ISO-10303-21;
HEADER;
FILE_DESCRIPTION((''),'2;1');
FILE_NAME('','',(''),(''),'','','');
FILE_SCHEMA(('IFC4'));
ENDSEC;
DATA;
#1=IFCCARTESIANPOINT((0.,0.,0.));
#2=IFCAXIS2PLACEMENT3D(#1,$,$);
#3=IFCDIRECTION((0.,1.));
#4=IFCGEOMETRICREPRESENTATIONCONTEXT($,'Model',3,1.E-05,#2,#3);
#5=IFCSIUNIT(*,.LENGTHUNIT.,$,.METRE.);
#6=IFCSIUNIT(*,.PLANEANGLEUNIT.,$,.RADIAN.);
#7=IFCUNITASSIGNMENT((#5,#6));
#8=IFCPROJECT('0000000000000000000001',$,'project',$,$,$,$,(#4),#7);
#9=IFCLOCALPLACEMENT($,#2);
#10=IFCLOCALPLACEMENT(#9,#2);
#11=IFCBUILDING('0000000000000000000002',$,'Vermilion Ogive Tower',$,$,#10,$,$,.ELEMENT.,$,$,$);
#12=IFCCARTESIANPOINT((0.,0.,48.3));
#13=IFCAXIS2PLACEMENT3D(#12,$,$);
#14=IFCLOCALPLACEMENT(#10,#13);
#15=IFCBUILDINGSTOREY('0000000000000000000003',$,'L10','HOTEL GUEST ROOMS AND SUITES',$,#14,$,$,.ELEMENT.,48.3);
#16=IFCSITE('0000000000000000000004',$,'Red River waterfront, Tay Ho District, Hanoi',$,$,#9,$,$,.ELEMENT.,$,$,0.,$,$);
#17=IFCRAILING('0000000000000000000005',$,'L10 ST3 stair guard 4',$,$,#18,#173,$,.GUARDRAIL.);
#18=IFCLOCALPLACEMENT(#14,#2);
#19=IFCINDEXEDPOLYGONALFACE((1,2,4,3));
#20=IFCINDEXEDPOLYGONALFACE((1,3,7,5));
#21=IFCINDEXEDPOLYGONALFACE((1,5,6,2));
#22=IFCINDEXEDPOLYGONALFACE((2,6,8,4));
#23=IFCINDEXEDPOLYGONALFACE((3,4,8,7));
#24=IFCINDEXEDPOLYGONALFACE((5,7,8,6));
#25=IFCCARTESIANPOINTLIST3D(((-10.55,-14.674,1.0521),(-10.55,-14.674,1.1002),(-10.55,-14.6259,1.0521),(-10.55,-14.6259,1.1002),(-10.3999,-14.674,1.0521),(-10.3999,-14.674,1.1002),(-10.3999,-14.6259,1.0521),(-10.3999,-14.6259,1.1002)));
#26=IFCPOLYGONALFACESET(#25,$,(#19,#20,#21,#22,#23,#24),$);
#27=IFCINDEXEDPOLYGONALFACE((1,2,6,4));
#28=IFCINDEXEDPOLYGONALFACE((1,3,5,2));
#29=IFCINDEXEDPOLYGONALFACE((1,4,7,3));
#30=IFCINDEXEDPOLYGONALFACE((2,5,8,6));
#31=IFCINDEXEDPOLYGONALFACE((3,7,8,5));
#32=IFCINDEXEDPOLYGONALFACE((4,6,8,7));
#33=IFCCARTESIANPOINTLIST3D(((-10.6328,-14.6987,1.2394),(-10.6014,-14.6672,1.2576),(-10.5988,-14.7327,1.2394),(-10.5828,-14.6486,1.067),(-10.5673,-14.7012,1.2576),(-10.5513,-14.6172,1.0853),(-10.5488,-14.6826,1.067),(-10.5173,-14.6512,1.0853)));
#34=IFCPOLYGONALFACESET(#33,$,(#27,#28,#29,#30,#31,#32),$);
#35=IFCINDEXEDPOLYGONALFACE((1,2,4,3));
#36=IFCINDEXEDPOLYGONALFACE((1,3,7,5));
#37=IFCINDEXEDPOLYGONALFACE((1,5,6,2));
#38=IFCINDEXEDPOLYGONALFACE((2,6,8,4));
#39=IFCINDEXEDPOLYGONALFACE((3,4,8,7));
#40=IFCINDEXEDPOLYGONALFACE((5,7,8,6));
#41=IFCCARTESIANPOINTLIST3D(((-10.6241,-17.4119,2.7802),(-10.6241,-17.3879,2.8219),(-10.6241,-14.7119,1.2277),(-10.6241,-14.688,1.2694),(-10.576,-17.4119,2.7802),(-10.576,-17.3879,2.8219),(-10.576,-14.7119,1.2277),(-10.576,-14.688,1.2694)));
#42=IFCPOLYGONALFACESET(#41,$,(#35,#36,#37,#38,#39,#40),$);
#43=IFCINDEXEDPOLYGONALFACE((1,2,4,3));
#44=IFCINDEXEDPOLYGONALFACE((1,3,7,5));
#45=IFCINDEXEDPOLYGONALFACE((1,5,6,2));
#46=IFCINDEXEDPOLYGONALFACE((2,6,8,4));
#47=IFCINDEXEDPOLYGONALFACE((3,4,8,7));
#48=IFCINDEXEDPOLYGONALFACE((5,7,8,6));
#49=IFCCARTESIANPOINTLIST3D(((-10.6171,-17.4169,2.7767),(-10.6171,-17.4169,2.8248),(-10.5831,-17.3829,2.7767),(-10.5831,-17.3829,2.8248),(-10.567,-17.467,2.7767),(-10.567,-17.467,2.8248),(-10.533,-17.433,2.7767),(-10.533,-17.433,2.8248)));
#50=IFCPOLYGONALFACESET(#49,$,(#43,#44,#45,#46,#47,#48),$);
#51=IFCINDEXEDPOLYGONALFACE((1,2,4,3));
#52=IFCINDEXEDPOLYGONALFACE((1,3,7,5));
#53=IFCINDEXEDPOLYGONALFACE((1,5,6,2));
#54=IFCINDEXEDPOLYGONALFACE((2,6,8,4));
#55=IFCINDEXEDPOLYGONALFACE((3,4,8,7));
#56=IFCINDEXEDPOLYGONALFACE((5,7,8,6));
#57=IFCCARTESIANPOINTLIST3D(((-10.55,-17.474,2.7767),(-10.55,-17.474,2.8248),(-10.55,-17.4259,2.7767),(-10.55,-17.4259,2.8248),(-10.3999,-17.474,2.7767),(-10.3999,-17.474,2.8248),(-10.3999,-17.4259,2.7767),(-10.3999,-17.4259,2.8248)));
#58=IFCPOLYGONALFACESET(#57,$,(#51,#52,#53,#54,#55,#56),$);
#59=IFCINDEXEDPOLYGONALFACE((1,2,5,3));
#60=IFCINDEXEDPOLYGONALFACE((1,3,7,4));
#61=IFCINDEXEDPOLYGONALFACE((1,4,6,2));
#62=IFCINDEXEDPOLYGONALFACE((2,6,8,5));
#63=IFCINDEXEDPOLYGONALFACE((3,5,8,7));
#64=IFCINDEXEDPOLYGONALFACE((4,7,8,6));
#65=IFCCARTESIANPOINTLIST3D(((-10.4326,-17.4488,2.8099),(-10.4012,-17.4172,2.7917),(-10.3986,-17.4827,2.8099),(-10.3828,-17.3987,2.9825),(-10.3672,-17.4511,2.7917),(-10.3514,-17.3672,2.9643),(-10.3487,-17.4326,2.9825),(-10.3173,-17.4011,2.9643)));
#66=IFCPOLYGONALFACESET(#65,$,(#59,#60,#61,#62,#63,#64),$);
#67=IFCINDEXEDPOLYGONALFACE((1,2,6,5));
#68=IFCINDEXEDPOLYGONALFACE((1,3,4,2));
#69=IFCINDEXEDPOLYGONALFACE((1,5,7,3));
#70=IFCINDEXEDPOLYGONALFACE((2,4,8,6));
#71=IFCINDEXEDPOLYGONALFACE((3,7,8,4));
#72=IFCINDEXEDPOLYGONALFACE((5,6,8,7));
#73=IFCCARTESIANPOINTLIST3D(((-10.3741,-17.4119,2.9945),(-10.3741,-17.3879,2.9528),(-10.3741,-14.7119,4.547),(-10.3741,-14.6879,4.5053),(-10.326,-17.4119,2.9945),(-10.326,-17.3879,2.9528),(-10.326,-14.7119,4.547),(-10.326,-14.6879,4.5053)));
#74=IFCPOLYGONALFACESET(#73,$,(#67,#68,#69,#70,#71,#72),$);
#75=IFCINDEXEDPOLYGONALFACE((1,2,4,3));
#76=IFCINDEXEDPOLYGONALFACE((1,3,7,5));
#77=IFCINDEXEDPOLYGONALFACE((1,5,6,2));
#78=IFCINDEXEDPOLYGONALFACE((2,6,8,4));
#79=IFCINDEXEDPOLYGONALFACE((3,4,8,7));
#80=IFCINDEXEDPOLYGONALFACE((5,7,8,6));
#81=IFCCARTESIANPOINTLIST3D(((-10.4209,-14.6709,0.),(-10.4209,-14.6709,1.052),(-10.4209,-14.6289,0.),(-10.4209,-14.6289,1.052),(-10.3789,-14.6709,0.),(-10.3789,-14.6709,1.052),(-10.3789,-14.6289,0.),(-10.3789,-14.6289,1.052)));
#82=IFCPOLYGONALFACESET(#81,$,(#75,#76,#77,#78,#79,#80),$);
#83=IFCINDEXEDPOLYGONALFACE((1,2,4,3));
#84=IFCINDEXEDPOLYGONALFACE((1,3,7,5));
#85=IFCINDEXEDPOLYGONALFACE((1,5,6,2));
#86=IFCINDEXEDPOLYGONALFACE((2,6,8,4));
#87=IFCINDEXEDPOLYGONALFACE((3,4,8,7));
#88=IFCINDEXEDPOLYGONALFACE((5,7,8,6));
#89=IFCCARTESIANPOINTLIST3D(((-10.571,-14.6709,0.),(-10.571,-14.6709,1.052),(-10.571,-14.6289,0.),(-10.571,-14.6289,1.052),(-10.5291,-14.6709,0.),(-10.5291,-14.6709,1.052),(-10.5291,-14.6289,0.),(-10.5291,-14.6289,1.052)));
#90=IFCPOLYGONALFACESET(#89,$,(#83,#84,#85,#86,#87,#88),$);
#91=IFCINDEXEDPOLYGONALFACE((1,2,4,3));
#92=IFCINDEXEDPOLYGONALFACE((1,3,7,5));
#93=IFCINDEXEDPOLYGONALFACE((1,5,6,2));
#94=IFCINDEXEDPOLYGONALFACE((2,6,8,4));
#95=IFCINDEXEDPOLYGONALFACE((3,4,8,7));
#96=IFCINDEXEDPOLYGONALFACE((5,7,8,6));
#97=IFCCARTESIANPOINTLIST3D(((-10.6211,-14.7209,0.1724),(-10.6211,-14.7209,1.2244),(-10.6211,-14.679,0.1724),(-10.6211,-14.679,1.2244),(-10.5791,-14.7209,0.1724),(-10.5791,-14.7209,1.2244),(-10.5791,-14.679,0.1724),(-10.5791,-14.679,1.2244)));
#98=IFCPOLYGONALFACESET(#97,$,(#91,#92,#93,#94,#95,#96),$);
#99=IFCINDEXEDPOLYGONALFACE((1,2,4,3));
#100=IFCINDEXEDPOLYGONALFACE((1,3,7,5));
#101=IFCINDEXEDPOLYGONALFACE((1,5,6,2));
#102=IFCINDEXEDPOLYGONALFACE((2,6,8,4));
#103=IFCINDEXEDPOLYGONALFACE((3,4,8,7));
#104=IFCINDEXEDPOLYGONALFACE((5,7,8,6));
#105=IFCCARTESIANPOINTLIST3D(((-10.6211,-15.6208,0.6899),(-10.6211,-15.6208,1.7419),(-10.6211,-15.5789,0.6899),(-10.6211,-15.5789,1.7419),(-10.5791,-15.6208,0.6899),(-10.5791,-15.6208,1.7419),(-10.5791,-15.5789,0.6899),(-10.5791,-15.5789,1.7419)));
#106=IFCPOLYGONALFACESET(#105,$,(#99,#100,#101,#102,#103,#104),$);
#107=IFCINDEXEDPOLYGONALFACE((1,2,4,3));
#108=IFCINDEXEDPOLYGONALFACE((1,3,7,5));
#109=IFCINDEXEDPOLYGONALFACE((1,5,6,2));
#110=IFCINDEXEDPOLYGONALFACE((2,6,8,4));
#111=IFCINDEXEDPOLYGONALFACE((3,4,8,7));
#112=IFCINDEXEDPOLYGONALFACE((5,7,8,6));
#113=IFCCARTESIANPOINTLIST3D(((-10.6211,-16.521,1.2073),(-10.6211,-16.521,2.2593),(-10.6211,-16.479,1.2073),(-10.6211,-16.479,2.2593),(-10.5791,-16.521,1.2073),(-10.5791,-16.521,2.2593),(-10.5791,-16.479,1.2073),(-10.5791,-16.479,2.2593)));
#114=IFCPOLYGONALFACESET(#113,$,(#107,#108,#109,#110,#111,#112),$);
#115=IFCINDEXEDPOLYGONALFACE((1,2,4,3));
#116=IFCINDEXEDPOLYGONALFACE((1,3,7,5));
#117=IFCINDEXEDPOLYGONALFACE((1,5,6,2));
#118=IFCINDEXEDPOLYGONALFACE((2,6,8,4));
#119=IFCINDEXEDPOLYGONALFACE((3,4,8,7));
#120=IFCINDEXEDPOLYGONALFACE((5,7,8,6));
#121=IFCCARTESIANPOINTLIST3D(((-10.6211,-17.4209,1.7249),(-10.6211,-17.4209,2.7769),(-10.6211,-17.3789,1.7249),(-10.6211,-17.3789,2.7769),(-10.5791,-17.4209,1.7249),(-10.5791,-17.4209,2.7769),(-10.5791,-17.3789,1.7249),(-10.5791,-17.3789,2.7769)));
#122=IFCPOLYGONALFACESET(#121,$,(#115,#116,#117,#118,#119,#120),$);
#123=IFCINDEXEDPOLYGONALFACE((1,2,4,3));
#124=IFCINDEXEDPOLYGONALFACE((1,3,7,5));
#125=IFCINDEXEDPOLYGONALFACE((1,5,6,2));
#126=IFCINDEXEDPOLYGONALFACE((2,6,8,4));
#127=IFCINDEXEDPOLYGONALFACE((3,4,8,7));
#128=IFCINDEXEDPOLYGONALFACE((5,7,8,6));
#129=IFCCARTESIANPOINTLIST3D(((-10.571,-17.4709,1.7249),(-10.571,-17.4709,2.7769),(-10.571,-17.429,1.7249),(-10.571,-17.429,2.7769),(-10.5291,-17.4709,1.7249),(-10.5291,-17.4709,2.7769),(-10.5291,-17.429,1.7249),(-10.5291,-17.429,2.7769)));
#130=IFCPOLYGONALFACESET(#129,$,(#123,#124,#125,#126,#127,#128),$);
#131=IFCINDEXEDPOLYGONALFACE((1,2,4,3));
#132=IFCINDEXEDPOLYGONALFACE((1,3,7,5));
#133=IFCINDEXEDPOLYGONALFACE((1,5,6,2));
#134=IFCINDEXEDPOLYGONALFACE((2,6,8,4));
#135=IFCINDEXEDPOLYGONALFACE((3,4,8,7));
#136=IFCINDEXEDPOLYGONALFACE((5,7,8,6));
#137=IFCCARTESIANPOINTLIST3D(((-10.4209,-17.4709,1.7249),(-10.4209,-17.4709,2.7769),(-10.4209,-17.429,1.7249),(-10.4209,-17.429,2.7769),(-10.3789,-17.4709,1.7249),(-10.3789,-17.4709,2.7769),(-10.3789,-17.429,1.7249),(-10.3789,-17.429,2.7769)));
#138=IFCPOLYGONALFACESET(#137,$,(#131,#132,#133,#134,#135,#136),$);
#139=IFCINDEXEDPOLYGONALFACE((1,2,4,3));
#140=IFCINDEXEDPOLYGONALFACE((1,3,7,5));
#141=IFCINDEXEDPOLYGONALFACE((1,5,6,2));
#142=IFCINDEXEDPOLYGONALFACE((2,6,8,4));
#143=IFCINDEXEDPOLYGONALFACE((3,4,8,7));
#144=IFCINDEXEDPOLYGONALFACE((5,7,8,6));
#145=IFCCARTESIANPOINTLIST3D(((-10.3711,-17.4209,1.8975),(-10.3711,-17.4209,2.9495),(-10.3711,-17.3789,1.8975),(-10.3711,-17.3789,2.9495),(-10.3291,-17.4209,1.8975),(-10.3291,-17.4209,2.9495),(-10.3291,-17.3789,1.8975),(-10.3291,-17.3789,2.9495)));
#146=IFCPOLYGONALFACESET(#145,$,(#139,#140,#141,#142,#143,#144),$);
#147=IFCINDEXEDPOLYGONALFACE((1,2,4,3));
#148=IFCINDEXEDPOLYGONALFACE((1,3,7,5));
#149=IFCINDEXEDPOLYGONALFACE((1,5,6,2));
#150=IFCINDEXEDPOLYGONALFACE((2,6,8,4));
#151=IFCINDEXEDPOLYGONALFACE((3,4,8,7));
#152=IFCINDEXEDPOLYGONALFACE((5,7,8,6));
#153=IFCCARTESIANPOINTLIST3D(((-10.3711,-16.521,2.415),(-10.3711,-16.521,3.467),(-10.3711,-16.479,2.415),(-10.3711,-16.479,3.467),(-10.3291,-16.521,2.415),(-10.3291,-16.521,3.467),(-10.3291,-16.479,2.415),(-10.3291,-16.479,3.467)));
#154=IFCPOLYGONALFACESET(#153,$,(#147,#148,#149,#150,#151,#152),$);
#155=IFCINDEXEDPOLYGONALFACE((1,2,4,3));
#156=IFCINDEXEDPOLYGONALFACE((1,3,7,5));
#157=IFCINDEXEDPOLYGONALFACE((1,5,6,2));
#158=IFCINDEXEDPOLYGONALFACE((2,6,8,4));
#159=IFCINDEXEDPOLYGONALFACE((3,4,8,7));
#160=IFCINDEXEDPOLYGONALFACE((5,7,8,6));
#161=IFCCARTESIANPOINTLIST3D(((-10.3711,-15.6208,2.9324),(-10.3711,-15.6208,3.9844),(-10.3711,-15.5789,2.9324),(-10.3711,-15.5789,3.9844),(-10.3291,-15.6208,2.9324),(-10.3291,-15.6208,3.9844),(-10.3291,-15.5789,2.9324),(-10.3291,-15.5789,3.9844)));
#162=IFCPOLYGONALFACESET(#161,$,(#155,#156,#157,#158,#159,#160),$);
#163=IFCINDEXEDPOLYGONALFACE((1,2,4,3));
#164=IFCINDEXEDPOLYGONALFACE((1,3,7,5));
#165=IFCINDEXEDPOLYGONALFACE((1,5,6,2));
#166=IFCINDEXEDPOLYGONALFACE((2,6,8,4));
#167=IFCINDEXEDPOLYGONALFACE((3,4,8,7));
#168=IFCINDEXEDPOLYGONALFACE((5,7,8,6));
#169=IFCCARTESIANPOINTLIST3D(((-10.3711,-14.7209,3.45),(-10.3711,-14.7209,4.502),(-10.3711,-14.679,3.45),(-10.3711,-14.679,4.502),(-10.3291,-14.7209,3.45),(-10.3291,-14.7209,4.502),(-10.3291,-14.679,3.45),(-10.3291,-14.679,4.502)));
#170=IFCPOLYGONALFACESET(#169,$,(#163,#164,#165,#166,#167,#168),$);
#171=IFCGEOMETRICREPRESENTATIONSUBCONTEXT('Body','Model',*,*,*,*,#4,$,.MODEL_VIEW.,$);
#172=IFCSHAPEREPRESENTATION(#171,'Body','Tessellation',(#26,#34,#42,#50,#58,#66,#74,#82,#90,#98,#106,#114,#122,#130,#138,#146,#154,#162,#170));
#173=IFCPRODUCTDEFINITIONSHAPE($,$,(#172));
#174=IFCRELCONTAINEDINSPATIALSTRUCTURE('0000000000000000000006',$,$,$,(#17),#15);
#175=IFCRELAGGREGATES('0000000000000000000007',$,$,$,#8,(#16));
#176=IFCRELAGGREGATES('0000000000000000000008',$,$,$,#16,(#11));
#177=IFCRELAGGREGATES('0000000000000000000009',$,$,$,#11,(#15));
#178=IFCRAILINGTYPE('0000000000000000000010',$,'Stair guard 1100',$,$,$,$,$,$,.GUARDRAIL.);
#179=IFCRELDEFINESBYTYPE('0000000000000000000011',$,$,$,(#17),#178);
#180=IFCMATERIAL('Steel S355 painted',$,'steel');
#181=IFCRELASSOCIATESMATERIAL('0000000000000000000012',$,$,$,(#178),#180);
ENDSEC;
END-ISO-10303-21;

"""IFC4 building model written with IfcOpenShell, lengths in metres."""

from ifc_helpers import new_model, si_unit, direction, frame, origin, origin_2d, place, context, subcontext, project, spatial, rectangle, extrude, material, type_object, element, save


model = new_model("IFC4")

# Units and contexts
model_context = context("Model", 3, precision=1e-05, world=origin(), true_north=direction((0.0, 1.0)))
body_context = subcontext(model_context, "Body", "Model", "MODEL_VIEW")
ifc_project = project(units=[si_unit("LENGTHUNIT", "METRE"), si_unit("PLANEANGLEUNIT", "RADIAN")], contexts=[model_context])

# Site, building, storey
site_placement = place(None, origin())
site = spatial("IfcSite", under=ifc_project, at=site_placement, Name="Red River waterfront, Tay Ho District, Hanoi", CompositionType="ELEMENT", RefElevation=0.0)
building_placement = place(site_placement, origin())
building = spatial("IfcBuilding", under=site, at=building_placement, Name="Vermilion Ogive Tower", CompositionType="ELEMENT")
storey_placement = place(building_placement, frame((0.0, 0.0, 48.3)))
storey = spatial("IfcBuildingStorey", under=building, at=storey_placement, Name="L10", Description="HOTEL GUEST ROOMS AND SUITES", CompositionType="ELEMENT", Elevation=48.3)

# Railing
ifc_material_1 = material(Name="Steel S355 painted", Category="steel")
railing_type = type_object("IfcRailingType", Name="Stair guard 1100", PredefinedType="GUARDRAIL", material=ifc_material_1)
railing_placement = place(storey_placement, frame((-10.3999, -14.6499, 0.0)))
element("IfcRailing", 1, at=railing_placement, inside=storey, type_object=railing_type, Name="L10 ST3 stair guard 4", PredefinedType="GUARDRAIL", context=body_context, shape_type="SweptSolid", body=[
    extrude(rectangle(XDim=0.0481, YDim=0.0481, at=origin_2d()), frame((0.0, 0.0, 1.0762), z_axis=(-1.0, 0.0, 0.0), x_axis=(0.0, -1.0, 0.0)), (0.0, 0.0, 1.0), 0.1501),
    extrude(rectangle(XDim=0.0481, YDim=0.0481, at=origin_2d()), frame((-0.1501, 0.0, 1.0762), z_axis=(-0.268603, -0.268603, 0.925043), x_axis=(0.707107, -0.707107, 0.0)), (0.0, 0.0, 1.0), 0.1863),
    extrude(rectangle(XDim=0.0481, YDim=0.0481, at=origin_2d()), frame((-0.2002, -0.05, 1.2485), z_axis=(0.0, -0.866904, 0.498476), x_axis=(1.0, 0.0, 0.0)), (0.0, 0.0, 1.0), 3.1145),
    extrude(rectangle(XDim=0.0481, YDim=0.0481, at=origin_2d()), frame((-0.2002, -2.75, 2.8008), z_axis=(0.707107, -0.707107, 0.0), x_axis=(0.707107, 0.707107, 0.0)), (0.0, 0.0, 1.0), 0.0708),
    extrude(rectangle(XDim=0.0481, YDim=0.0481, at=origin_2d()), frame((-0.1501, -2.8, 2.8008), z_axis=(1.0, 0.0, 0.0), x_axis=(0.0, 1.0, 0.0)), (0.0, 0.0, 1.0), 0.1501),
    extrude(rectangle(XDim=0.0481, YDim=0.0481, at=origin_2d()), frame((0.0, -2.8, 2.8008), z_axis=(0.267063, 0.268372, 0.925556), x_axis=(-0.708834, 0.705376, 0.0)), (0.0, 0.0, 1.0), 0.1865),
    extrude(rectangle(XDim=0.0481, YDim=0.0481, at=origin_2d()), frame((0.0498, -2.75, 2.9736), z_axis=(0.0, 0.866904, 0.498476), x_axis=(-1.0, 0.0, 0.0)), (0.0, 0.0, 1.0), 3.1145),
    extrude(rectangle(XDim=0.042, YDim=0.042, at=origin_2d()), origin(), (0.0, 0.0, 1.0), 1.052),
    extrude(rectangle(XDim=0.042, YDim=0.042, at=origin_2d()), frame((-0.1501, 0.0, 0.0)), (0.0, 0.0, 1.0), 1.052),
    extrude(rectangle(XDim=0.042, YDim=0.042, at=origin_2d()), frame((-0.2002, -0.05, 0.1724)), (0.0, 0.0, 1.0), 1.052),
    extrude(rectangle(XDim=0.042, YDim=0.042, at=origin_2d()), frame((-0.2002, -0.95, 0.6899)), (0.0, 0.0, 1.0), 1.052),
    extrude(rectangle(XDim=0.042, YDim=0.042, at=origin_2d()), frame((-0.2002, -1.8501, 1.2073)), (0.0, 0.0, 1.0), 1.052),
    extrude(rectangle(XDim=0.042, YDim=0.042, at=origin_2d()), frame((-0.2002, -2.75, 1.7249)), (0.0, 0.0, 1.0), 1.052),
    extrude(rectangle(XDim=0.042, YDim=0.042, at=origin_2d()), frame((-0.1501, -2.8, 1.7249)), (0.0, 0.0, 1.0), 1.052),
    extrude(rectangle(XDim=0.042, YDim=0.042, at=origin_2d()), frame((0.0, -2.8, 1.7249)), (0.0, 0.0, 1.0), 1.052),
    extrude(rectangle(XDim=0.042, YDim=0.042, at=origin_2d()), frame((0.0498, -2.75, 1.8975)), (0.0, 0.0, 1.0), 1.052),
    extrude(rectangle(XDim=0.042, YDim=0.042, at=origin_2d()), frame((0.0498, -1.8501, 2.415)), (0.0, 0.0, 1.0), 1.052),
    extrude(rectangle(XDim=0.042, YDim=0.042, at=origin_2d()), frame((0.0498, -0.95, 2.9324)), (0.0, 0.0, 1.0), 1.052),
    extrude(rectangle(XDim=0.042, YDim=0.042, at=origin_2d()), frame((0.0498, -0.05, 3.45)), (0.0, 0.0, 1.0), 1.052),
])

save(model, "model.ifc")
